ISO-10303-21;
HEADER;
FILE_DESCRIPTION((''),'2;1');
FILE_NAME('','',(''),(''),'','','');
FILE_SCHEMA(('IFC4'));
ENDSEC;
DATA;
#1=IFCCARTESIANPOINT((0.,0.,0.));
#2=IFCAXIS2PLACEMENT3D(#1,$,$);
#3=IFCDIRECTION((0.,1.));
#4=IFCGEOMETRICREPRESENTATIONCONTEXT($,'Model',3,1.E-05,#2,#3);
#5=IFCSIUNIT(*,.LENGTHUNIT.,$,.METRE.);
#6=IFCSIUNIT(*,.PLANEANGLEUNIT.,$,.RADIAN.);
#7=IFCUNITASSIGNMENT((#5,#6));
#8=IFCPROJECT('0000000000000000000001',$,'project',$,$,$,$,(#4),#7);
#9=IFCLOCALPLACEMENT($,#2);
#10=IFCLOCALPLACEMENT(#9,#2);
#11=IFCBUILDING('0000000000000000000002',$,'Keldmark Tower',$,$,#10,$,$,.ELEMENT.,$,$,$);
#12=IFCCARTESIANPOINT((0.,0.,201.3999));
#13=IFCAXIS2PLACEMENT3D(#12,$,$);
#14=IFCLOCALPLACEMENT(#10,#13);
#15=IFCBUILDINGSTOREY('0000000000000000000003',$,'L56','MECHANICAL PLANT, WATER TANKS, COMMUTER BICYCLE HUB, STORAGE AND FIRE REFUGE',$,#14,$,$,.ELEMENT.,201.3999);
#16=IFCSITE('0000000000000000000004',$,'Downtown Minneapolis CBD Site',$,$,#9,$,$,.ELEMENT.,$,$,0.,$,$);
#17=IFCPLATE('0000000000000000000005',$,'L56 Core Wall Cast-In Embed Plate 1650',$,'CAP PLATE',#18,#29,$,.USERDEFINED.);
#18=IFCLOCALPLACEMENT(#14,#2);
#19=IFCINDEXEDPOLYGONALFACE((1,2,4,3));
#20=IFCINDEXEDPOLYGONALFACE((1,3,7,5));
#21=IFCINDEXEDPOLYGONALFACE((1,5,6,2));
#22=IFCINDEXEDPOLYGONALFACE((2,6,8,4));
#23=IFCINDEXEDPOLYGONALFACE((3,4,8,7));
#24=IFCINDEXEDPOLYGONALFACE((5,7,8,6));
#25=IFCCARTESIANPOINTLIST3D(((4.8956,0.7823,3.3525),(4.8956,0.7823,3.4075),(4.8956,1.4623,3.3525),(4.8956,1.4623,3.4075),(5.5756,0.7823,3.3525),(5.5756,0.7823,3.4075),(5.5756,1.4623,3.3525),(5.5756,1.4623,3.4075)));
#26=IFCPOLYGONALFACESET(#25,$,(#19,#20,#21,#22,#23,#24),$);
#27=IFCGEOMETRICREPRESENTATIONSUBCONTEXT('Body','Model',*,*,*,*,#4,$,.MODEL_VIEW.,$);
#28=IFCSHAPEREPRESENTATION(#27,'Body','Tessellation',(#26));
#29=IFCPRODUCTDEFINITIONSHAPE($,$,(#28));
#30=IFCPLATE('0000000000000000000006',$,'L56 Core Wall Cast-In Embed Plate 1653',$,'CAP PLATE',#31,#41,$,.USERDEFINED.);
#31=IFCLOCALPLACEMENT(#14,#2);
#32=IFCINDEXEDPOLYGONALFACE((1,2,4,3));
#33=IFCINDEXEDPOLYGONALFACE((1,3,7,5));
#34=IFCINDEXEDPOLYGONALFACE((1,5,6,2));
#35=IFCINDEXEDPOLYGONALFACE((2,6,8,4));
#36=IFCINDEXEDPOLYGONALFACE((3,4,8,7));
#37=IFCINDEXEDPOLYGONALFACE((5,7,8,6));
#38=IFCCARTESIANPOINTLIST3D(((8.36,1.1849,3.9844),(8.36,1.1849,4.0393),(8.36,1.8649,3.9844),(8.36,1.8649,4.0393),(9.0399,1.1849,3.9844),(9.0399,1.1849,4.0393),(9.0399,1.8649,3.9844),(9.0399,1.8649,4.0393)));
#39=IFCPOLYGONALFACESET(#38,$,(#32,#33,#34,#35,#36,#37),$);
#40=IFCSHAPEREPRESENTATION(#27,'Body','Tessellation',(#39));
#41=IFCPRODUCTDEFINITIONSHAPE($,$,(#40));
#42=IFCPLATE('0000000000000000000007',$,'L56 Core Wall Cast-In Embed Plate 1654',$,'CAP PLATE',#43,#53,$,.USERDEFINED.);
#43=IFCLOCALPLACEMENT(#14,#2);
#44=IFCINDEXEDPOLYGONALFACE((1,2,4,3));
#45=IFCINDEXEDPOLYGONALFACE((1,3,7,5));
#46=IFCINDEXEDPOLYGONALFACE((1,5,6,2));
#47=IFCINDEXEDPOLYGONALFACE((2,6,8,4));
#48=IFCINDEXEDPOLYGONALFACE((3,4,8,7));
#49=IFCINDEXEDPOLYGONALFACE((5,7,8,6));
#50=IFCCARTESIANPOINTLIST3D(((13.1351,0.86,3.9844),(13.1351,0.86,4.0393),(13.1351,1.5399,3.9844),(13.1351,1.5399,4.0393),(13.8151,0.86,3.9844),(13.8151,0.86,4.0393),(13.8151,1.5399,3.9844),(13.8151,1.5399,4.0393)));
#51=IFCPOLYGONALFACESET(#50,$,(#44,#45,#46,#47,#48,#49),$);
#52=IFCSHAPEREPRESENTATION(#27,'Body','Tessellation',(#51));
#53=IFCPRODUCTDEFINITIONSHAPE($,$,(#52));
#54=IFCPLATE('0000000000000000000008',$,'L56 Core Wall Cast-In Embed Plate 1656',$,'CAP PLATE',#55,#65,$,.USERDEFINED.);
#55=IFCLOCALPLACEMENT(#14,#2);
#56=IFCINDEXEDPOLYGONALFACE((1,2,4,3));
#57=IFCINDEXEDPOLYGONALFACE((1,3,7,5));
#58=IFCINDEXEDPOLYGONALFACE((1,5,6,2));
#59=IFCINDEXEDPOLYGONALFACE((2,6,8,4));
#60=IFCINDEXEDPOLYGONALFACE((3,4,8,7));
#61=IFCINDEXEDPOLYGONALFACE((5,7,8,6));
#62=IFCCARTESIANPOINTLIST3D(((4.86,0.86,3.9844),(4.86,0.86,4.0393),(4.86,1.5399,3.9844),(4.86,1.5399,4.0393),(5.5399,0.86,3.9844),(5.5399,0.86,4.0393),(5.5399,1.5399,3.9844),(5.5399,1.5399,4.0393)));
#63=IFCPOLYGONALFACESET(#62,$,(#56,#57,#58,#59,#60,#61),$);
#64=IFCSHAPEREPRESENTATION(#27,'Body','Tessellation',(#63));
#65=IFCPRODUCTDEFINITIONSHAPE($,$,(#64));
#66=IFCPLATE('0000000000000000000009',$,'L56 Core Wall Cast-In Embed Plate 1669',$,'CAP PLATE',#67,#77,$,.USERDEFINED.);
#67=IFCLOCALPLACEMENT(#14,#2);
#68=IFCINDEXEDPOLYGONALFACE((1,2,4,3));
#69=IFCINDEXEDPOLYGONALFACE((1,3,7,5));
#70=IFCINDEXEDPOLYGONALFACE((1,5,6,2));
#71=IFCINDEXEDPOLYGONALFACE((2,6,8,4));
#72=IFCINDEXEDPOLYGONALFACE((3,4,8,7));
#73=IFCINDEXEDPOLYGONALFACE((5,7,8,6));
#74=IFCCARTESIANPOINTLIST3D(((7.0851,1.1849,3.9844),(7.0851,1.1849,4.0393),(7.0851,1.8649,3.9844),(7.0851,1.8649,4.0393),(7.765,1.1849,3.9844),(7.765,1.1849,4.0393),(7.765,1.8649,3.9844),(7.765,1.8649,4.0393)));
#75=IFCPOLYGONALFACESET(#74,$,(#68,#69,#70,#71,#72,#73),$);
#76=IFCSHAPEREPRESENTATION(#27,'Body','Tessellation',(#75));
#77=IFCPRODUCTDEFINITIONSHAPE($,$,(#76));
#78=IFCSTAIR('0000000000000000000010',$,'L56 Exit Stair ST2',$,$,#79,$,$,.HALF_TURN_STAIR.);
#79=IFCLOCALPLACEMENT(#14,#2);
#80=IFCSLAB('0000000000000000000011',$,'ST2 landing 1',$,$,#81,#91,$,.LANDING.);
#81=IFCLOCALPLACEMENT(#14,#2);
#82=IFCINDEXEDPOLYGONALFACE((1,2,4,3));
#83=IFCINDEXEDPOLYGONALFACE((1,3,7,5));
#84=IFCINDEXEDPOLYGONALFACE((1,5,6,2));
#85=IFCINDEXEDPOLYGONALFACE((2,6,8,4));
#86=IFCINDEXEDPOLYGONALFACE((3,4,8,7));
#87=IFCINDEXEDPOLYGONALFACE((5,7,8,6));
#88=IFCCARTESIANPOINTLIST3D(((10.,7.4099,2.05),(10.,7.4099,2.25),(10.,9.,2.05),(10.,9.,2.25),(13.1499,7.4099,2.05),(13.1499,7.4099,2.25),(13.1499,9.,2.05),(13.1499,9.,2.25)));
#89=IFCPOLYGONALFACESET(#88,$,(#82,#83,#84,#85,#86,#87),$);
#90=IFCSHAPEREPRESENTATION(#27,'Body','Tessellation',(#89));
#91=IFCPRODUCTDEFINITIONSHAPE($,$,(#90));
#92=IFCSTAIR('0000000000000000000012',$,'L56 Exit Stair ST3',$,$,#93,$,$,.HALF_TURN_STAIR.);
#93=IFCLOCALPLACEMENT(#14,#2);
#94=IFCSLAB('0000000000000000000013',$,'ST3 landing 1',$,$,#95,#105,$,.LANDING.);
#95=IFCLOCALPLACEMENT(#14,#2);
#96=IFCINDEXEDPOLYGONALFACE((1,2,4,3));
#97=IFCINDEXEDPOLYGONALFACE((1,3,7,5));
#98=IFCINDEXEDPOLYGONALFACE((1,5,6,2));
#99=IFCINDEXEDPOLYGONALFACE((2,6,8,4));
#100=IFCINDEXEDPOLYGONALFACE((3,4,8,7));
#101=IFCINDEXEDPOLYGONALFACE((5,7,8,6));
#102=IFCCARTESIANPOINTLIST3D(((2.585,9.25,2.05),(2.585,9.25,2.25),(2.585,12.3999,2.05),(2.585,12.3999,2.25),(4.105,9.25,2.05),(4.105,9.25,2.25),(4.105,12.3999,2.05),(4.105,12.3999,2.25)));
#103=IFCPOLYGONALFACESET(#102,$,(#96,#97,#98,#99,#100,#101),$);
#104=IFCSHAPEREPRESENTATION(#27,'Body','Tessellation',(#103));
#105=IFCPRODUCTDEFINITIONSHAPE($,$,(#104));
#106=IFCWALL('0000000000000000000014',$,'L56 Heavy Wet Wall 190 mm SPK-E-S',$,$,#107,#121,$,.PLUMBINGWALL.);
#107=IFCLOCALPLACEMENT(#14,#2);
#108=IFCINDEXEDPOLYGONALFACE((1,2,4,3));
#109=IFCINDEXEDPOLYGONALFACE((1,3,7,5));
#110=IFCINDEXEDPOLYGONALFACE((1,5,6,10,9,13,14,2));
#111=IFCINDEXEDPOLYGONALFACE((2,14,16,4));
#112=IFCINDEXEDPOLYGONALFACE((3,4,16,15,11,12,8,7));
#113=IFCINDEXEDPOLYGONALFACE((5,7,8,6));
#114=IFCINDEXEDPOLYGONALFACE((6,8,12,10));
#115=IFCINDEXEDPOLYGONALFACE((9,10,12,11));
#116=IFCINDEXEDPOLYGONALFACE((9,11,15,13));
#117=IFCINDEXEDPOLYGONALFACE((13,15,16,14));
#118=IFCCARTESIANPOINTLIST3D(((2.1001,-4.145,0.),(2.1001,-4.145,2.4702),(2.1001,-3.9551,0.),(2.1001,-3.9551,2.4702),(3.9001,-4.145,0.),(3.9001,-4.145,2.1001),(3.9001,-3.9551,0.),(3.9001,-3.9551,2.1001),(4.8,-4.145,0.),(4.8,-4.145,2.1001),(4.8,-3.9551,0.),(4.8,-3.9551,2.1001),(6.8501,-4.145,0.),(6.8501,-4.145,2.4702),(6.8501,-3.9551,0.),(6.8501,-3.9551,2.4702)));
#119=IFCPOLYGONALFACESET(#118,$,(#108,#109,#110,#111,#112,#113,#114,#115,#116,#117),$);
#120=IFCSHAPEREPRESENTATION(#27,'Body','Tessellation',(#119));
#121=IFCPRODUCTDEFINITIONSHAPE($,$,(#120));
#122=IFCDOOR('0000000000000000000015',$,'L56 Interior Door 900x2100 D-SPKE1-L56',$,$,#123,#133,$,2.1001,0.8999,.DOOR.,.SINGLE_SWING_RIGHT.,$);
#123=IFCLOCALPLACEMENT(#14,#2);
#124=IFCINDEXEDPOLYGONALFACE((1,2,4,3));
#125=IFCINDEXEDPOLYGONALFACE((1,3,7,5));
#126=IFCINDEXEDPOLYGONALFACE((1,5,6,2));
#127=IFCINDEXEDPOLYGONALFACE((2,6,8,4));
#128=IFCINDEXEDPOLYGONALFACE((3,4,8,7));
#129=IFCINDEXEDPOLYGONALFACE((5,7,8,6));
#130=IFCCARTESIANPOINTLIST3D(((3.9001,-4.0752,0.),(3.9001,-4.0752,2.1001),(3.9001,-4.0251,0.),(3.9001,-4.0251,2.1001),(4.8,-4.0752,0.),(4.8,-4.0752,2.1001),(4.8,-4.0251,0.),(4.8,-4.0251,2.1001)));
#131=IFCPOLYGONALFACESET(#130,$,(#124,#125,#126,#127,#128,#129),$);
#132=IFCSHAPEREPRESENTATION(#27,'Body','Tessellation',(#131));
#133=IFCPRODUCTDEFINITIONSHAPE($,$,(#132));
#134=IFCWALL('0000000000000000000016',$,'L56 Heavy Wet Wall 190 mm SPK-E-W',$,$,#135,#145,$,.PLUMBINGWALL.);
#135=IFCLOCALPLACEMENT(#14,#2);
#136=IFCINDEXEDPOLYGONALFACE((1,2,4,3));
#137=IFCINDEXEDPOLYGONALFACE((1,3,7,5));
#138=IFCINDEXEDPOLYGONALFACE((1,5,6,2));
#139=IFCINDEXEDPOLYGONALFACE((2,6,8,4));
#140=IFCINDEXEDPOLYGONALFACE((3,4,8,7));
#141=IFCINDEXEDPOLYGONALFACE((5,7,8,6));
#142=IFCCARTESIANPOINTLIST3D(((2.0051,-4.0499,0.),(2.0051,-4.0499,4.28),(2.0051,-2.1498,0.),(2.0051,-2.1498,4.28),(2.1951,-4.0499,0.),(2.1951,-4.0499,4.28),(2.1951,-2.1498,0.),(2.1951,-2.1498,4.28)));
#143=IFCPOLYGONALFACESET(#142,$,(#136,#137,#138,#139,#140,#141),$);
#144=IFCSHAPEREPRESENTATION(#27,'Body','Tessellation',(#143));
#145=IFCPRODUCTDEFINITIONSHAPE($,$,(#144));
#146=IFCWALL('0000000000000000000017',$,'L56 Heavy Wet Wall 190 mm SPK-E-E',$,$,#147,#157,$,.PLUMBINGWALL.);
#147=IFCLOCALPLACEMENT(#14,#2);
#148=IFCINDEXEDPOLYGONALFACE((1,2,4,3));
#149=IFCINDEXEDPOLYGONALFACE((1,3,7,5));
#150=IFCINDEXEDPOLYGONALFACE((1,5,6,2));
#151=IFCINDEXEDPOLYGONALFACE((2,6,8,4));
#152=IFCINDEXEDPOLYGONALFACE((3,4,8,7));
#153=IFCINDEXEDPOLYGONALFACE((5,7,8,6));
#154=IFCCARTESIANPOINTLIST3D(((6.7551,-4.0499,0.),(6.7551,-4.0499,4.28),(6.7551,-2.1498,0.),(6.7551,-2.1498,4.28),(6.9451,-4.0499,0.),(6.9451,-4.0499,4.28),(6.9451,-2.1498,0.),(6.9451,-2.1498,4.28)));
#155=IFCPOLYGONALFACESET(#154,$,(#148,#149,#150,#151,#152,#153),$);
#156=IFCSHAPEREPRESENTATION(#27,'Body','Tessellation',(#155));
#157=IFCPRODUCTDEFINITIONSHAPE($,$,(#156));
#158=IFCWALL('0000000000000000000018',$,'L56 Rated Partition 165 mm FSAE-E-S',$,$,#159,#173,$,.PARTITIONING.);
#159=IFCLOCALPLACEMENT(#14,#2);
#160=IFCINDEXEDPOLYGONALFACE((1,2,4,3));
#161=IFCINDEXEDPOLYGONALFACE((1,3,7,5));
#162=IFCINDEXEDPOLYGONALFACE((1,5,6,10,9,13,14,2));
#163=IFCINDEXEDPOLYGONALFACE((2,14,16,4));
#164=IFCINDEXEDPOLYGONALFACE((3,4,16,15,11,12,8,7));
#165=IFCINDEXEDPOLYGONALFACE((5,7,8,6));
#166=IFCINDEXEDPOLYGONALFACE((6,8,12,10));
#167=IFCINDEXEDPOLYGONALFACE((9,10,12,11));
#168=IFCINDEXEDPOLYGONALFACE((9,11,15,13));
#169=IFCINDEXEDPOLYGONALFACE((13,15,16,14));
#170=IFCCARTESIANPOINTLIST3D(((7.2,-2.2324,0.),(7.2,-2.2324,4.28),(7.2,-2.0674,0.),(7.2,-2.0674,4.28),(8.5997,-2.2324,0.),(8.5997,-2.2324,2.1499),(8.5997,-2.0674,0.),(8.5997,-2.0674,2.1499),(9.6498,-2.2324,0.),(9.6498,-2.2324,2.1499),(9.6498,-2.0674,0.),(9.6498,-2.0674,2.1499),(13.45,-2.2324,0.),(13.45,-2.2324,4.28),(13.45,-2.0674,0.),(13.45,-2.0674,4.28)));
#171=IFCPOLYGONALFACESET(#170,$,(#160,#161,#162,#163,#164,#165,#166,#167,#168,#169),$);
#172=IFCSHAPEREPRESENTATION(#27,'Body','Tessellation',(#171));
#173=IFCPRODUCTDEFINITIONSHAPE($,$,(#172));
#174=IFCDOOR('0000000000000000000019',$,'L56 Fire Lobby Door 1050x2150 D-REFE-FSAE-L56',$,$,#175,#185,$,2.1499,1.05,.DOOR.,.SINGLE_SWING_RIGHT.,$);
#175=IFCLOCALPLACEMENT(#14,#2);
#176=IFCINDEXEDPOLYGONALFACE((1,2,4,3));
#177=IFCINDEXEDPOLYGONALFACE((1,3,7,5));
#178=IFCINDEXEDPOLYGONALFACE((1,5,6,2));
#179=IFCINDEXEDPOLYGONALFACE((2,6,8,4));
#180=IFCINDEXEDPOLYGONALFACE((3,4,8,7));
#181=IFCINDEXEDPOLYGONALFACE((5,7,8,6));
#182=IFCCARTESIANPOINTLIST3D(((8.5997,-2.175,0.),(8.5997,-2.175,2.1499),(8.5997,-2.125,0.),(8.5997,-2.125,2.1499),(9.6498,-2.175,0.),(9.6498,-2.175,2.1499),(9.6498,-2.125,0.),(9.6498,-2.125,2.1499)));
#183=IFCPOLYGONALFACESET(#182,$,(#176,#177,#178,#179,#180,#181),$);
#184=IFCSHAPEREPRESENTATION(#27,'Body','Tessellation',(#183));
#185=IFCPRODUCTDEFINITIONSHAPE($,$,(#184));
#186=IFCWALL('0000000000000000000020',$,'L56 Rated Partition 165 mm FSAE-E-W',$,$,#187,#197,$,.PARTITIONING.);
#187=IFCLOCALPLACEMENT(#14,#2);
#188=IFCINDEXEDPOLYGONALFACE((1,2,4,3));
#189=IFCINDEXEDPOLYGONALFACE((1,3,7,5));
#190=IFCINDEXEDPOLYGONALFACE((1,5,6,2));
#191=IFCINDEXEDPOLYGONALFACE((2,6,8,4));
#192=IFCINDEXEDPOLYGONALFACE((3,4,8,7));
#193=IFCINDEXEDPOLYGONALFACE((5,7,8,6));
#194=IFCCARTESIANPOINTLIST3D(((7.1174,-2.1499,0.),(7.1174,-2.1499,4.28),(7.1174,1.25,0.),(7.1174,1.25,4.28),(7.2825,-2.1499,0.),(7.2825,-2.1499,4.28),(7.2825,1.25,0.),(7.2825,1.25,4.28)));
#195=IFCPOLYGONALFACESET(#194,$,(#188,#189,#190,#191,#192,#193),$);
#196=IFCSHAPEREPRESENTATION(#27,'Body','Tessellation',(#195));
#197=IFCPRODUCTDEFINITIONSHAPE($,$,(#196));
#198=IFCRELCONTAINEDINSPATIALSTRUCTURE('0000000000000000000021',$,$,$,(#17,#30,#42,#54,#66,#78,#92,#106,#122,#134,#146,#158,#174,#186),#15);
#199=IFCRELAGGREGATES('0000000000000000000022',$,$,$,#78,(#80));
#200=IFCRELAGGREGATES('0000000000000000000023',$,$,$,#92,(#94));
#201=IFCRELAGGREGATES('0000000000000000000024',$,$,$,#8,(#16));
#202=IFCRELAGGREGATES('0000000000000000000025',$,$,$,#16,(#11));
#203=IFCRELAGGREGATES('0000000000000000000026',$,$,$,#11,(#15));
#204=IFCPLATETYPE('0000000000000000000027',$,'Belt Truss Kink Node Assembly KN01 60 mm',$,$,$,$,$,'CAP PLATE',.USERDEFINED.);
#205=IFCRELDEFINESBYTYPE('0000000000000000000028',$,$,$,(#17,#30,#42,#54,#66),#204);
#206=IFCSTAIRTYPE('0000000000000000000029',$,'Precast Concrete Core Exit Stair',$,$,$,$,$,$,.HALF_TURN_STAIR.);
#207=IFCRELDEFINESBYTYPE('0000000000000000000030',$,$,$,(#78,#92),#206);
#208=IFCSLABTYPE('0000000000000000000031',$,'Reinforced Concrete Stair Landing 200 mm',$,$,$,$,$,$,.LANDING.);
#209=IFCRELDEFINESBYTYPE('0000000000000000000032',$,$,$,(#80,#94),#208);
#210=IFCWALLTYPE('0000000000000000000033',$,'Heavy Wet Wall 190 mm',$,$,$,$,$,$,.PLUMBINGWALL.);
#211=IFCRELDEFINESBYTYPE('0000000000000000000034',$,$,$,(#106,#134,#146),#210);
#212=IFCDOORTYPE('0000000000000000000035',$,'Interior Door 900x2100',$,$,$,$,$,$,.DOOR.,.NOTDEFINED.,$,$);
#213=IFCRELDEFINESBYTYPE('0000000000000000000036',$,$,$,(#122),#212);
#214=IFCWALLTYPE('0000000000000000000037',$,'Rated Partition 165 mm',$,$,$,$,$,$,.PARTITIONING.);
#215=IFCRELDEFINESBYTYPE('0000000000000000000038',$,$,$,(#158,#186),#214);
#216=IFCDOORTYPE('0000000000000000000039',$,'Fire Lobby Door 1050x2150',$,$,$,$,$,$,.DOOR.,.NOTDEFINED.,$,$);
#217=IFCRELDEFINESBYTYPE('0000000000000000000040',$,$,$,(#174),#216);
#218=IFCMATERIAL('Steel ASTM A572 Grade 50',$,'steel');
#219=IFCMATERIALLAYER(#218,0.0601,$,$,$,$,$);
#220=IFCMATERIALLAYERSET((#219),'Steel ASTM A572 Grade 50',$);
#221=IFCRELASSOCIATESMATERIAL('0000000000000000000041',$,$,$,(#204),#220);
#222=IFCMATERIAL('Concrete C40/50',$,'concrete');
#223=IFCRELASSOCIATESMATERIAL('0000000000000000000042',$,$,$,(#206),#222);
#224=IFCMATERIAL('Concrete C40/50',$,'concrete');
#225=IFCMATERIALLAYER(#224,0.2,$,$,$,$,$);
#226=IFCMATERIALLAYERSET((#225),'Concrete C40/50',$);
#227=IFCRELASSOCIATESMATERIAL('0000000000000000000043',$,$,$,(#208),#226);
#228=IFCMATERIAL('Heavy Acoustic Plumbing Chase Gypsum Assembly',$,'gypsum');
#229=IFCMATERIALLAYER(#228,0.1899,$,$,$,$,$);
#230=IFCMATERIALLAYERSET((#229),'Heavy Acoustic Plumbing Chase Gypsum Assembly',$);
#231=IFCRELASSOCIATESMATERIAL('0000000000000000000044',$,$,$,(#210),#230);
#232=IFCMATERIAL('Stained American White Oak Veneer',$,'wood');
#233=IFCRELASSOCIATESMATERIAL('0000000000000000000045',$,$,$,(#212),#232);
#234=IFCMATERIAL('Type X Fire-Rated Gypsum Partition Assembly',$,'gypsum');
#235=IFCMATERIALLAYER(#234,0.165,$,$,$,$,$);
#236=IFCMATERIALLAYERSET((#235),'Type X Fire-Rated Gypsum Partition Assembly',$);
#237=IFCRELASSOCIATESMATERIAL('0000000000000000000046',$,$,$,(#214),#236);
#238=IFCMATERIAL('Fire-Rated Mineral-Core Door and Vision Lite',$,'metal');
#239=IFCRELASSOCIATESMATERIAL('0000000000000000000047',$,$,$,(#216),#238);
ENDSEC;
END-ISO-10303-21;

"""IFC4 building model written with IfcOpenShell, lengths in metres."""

from ifc_helpers import new_model, si_unit, direction, frame, frame_2d, origin, origin_2d, place, context, subcontext, project, spatial, polyline, rectangle, outline, extrude, material, layer, layer_set, type_object, element, fill, aggregate, save


model = new_model("IFC4")

# Units and contexts
model_context = context("Model", 3, precision=1e-05, world=origin(), true_north=direction((0.0, 1.0)))
body_context = subcontext(model_context, "Body", "Model", "MODEL_VIEW")
ifc_project = project(units=[si_unit("LENGTHUNIT", "METRE"), si_unit("PLANEANGLEUNIT", "RADIAN")], contexts=[model_context])

# Site, building, storey
site_placement = place(None, origin())
site = spatial("IfcSite", under=ifc_project, at=site_placement, Name="Downtown Minneapolis CBD Site", CompositionType="ELEMENT", RefElevation=0.0)
building_placement = place(site_placement, origin())
building = spatial("IfcBuilding", under=site, at=building_placement, Name="Keldmark Tower", CompositionType="ELEMENT")
storey_placement = place(building_placement, frame((0.0, 0.0, 201.3999)))
storey = spatial("IfcBuildingStorey", under=building, at=storey_placement, Name="L56", Description="MECHANICAL PLANT, WATER TANKS, COMMUTER BICYCLE HUB, STORAGE AND FIRE REFUGE", CompositionType="ELEMENT", Elevation=201.3999)

# Plates
ifc_material_1 = material(Name="Steel ASTM A572 Grade 50", Category="steel")
ifc_layer_1 = layer(ifc_material_1, 0.0601)
ifc_layer_set_1 = layer_set([ifc_layer_1], Name="Steel ASTM A572 Grade 50")
plate_type = type_object("IfcPlateType", Name="Belt Truss Kink Node Assembly KN01 60 mm", ElementType="CAP PLATE", PredefinedType="USERDEFINED", material=ifc_layer_set_1)
for number, where, z_axis, x_axis, name in (
    (1, (5.2356, 1.1223, 3.3525), (0.0, 0.0, 1.0), (1.0, 0.0, 0.0), "L56 Core Wall Cast-In Embed Plate 1650"),
    (2, (8.7, 1.5249, 3.9844), (0.0, 0.0, 1.0), (1.0, 0.0, 0.0), "L56 Core Wall Cast-In Embed Plate 1653"),
    (3, (13.4751, 1.2, 3.9844), (0.0, 0.0, 1.0), (1.0, 0.0, 0.0), "L56 Core Wall Cast-In Embed Plate 1654"),
    (4, (5.2, 1.2, 3.9844), (0.0, 0.0, 1.0), (1.0, 0.0, 0.0), "L56 Core Wall Cast-In Embed Plate 1656"),
    (5, (7.425, 1.5249, 3.9844), (0.0, 0.0, 1.0), (1.0, 0.0, 0.0), "L56 Core Wall Cast-In Embed Plate 1669"),
):
    element("IfcPlate", number, at=place(storey_placement, frame(where, z_axis=z_axis, x_axis=x_axis)), inside=storey, type_object=plate_type, Name=name, ObjectType="CAP PLATE", PredefinedType="USERDEFINED", context=body_context, shape_type="SweptSolid", body=[
        extrude(rectangle(XDim=0.6799, YDim=0.6799, at=origin_2d()), origin(), (0.0, 0.0, 1.0), 0.0549),
    ])

# Stairs, slabs
ifc_material_2 = material(Name="Concrete C40/50", Category="concrete")
stair_type = type_object("IfcStairType", Name="Precast Concrete Core Exit Stair", PredefinedType="HALF_TURN_STAIR", material=ifc_material_2)
stair_1_placement = place(storey_placement, origin())
stair_1 = element("IfcStair", 6, at=stair_1_placement, inside=storey, type_object=stair_type, Name="L56 Exit Stair ST2", PredefinedType="HALF_TURN_STAIR")
ifc_material_3 = material(Name="Concrete C40/50", Category="concrete")
ifc_layer_2 = layer(ifc_material_3, 0.2)
ifc_layer_set_2 = layer_set([ifc_layer_2], Name="Concrete C40/50")
slab_type = type_object("IfcSlabType", Name="Reinforced Concrete Stair Landing 200 mm", PredefinedType="LANDING", material=ifc_layer_set_2)
slab_1_placement = place(storey_placement, frame((0.0, 0.0, 2.05)))
slab_1 = element("IfcSlab", 7, at=slab_1_placement, type_object=slab_type, Name="ST2 landing 1", PredefinedType="LANDING", context=body_context, shape_type="SweptSolid", body=[
    extrude(outline(polyline([(13.1499, 7.4099), (13.1499, 9.0), (10.0, 9.0), (10.0, 7.4099), (13.1499, 7.4099)])), origin(), (0.0, 0.0, 1.0), 0.2),
])
aggregate(stair_1, [slab_1])
stair_2_placement = place(storey_placement, origin())
stair_2 = element("IfcStair", 8, at=stair_2_placement, inside=storey, type_object=stair_type, Name="L56 Exit Stair ST3", PredefinedType="HALF_TURN_STAIR")
slab_2_placement = place(storey_placement, frame((0.0, 0.0, 2.05)))
slab_2 = element("IfcSlab", 9, at=slab_2_placement, type_object=slab_type, Name="ST3 landing 1", PredefinedType="LANDING", context=body_context, shape_type="SweptSolid", body=[
    extrude(outline(polyline([(2.585, 9.25), (4.105, 9.25), (4.105, 12.3999), (2.585, 12.3999), (2.585, 9.25)])), origin(), (0.0, 0.0, 1.0), 0.2),
])
aggregate(stair_2, [slab_2])

# Wall, opening, door
ifc_material_4 = material(Name="Heavy Acoustic Plumbing Chase Gypsum Assembly", Category="gypsum")
ifc_layer_3 = layer(ifc_material_4, 0.1899)
ifc_layer_set_3 = layer_set([ifc_layer_3], Name="Heavy Acoustic Plumbing Chase Gypsum Assembly")
wall_type_1 = type_object("IfcWallType", Name="Heavy Wet Wall 190 mm", PredefinedType="PLUMBINGWALL", material=ifc_layer_set_3)
wall_1_placement = place(storey_placement, frame((2.1001, -4.05, 0.0), z_axis=(0.0, 0.0, 1.0), x_axis=(1.0, 0.0, 0.0)))
wall_1 = element("IfcWall", 10, at=wall_1_placement, inside=storey, type_object=wall_type_1, Name="L56 Heavy Wet Wall 190 mm SPK-E-S", PredefinedType="PLUMBINGWALL", context=body_context, shape_type="SweptSolid", body=[
    extrude(rectangle(XDim=4.75, YDim=0.1899, at=frame_2d((2.375, 0.0))), origin(), (0.0, 0.0, 1.0), 2.4702),
])
opening_1_placement = place(wall_1_placement, frame((1.8, 0.0, 0.0)))
opening_1 = element("IfcOpeningElement", 11, at=opening_1_placement, cuts=wall_1, PredefinedType="OPENING", context=body_context, shape_type="SweptSolid", body=[
    extrude(rectangle(XDim=0.8999, YDim=2.1001, at=frame_2d((0.45, 1.05))), frame((0.0, 0.105, 0.0), z_axis=(0.0, -1.0, 0.0), x_axis=(1.0, 0.0, 0.0)), (0.0, 0.0, 1.0), 0.21),
])
ifc_material_5 = material(Name="Stained American White Oak Veneer", Category="wood")
door_type_1 = type_object("IfcDoorType", Name="Interior Door 900x2100", OperationType="NOTDEFINED", PredefinedType="DOOR", material=ifc_material_5)
door_1_placement = place(opening_1_placement, origin())
door_1 = element("IfcDoor", 12, at=door_1_placement, inside=storey, type_object=door_type_1, Name="L56 Interior Door 900x2100 D-SPKE1-L56", OperationType="SINGLE_SWING_RIGHT", OverallHeight=2.1001, OverallWidth=0.8999, PredefinedType="DOOR", context=body_context, shape_type="SweptSolid", body=[
    extrude(rectangle(XDim=0.8999, YDim=2.1001, at=frame_2d((0.45, 1.05))), frame((0.0, 0.0249, 0.0), z_axis=(0.0, -1.0, 0.0), x_axis=(1.0, 0.0, 0.0)), (0.0, 0.0, 1.0), 0.05),
])
fill(opening_1, door_1)

# Walls
for number, where, z_axis, x_axis, name in (
    (13, (2.1001, -4.05, 0.0), (0.0, 0.0, 1.0), (0.0, 1.0, 0.0), "L56 Heavy Wet Wall 190 mm SPK-E-W"),
    (14, (6.8501, -4.05, 0.0), (0.0, 0.0, 1.0), (0.0, 1.0, 0.0), "L56 Heavy Wet Wall 190 mm SPK-E-E"),
):
    element("IfcWall", number, at=place(storey_placement, frame(where, z_axis=z_axis, x_axis=x_axis)), inside=storey, type_object=wall_type_1, Name=name, PredefinedType="PLUMBINGWALL", context=body_context, shape_type="SweptSolid", body=[
        extrude(rectangle(XDim=1.9001, YDim=0.1899, at=frame_2d((0.9502, 0.0))), origin(), (0.0, 0.0, 1.0), 4.28),
    ])

# Wall, opening, door
ifc_material_6 = material(Name="Type X Fire-Rated Gypsum Partition Assembly", Category="gypsum")
ifc_layer_4 = layer(ifc_material_6, 0.165)
ifc_layer_set_4 = layer_set([ifc_layer_4], Name="Type X Fire-Rated Gypsum Partition Assembly")
wall_type_2 = type_object("IfcWallType", Name="Rated Partition 165 mm", PredefinedType="PARTITIONING", material=ifc_layer_set_4)
wall_2_placement = place(storey_placement, frame((7.2, -2.1499, 0.0), z_axis=(0.0, 0.0, 1.0), x_axis=(1.0, 0.0, 0.0)))
wall_2 = element("IfcWall", 15, at=wall_2_placement, inside=storey, type_object=wall_type_2, Name="L56 Rated Partition 165 mm FSAE-E-S", PredefinedType="PARTITIONING", context=body_context, shape_type="SweptSolid", body=[
    extrude(rectangle(XDim=6.25, YDim=0.165, at=frame_2d((3.125, 0.0))), origin(), (0.0, 0.0, 1.0), 4.28),
])
opening_2_placement = place(wall_2_placement, frame((1.3999, 0.0, 0.0)))
opening_2 = element("IfcOpeningElement", 16, at=opening_2_placement, cuts=wall_2, PredefinedType="OPENING", context=body_context, shape_type="SweptSolid", body=[
    extrude(rectangle(XDim=1.05, YDim=2.1499, at=frame_2d((0.5249, 1.075))), frame((0.0, 0.0925, 0.0), z_axis=(0.0, -1.0, 0.0), x_axis=(1.0, 0.0, 0.0)), (0.0, 0.0, 1.0), 0.1851),
])
ifc_material_7 = material(Name="Fire-Rated Mineral-Core Door and Vision Lite", Category="metal")
door_type_2 = type_object("IfcDoorType", Name="Fire Lobby Door 1050x2150", OperationType="NOTDEFINED", PredefinedType="DOOR", material=ifc_material_7)
door_2_placement = place(opening_2_placement, origin())
door_2 = element("IfcDoor", 17, at=door_2_placement, inside=storey, type_object=door_type_2, Name="L56 Fire Lobby Door 1050x2150 D-REFE-FSAE-L56", OperationType="SINGLE_SWING_RIGHT", OverallHeight=2.1499, OverallWidth=1.05, PredefinedType="DOOR", context=body_context, shape_type="SweptSolid", body=[
    extrude(rectangle(XDim=1.05, YDim=2.1499, at=frame_2d((0.5249, 1.075))), frame((0.0, 0.0249, 0.0), z_axis=(0.0, -1.0, 0.0), x_axis=(1.0, 0.0, 0.0)), (0.0, 0.0, 1.0), 0.05),
])
fill(opening_2, door_2)

# Wall
wall_3_placement = place(storey_placement, frame((7.2, -2.1499, 0.0), z_axis=(0.0, 0.0, 1.0), x_axis=(0.0, 1.0, 0.0)))
element("IfcWall", 18, at=wall_3_placement, inside=storey, type_object=wall_type_2, Name="L56 Rated Partition 165 mm FSAE-E-W", PredefinedType="PARTITIONING", context=body_context, shape_type="SweptSolid", body=[
    extrude(rectangle(XDim=3.3999, YDim=0.165, at=frame_2d((1.7, 0.0))), origin(), (0.0, 0.0, 1.0), 4.28),
])

save(model, "model.ifc")
